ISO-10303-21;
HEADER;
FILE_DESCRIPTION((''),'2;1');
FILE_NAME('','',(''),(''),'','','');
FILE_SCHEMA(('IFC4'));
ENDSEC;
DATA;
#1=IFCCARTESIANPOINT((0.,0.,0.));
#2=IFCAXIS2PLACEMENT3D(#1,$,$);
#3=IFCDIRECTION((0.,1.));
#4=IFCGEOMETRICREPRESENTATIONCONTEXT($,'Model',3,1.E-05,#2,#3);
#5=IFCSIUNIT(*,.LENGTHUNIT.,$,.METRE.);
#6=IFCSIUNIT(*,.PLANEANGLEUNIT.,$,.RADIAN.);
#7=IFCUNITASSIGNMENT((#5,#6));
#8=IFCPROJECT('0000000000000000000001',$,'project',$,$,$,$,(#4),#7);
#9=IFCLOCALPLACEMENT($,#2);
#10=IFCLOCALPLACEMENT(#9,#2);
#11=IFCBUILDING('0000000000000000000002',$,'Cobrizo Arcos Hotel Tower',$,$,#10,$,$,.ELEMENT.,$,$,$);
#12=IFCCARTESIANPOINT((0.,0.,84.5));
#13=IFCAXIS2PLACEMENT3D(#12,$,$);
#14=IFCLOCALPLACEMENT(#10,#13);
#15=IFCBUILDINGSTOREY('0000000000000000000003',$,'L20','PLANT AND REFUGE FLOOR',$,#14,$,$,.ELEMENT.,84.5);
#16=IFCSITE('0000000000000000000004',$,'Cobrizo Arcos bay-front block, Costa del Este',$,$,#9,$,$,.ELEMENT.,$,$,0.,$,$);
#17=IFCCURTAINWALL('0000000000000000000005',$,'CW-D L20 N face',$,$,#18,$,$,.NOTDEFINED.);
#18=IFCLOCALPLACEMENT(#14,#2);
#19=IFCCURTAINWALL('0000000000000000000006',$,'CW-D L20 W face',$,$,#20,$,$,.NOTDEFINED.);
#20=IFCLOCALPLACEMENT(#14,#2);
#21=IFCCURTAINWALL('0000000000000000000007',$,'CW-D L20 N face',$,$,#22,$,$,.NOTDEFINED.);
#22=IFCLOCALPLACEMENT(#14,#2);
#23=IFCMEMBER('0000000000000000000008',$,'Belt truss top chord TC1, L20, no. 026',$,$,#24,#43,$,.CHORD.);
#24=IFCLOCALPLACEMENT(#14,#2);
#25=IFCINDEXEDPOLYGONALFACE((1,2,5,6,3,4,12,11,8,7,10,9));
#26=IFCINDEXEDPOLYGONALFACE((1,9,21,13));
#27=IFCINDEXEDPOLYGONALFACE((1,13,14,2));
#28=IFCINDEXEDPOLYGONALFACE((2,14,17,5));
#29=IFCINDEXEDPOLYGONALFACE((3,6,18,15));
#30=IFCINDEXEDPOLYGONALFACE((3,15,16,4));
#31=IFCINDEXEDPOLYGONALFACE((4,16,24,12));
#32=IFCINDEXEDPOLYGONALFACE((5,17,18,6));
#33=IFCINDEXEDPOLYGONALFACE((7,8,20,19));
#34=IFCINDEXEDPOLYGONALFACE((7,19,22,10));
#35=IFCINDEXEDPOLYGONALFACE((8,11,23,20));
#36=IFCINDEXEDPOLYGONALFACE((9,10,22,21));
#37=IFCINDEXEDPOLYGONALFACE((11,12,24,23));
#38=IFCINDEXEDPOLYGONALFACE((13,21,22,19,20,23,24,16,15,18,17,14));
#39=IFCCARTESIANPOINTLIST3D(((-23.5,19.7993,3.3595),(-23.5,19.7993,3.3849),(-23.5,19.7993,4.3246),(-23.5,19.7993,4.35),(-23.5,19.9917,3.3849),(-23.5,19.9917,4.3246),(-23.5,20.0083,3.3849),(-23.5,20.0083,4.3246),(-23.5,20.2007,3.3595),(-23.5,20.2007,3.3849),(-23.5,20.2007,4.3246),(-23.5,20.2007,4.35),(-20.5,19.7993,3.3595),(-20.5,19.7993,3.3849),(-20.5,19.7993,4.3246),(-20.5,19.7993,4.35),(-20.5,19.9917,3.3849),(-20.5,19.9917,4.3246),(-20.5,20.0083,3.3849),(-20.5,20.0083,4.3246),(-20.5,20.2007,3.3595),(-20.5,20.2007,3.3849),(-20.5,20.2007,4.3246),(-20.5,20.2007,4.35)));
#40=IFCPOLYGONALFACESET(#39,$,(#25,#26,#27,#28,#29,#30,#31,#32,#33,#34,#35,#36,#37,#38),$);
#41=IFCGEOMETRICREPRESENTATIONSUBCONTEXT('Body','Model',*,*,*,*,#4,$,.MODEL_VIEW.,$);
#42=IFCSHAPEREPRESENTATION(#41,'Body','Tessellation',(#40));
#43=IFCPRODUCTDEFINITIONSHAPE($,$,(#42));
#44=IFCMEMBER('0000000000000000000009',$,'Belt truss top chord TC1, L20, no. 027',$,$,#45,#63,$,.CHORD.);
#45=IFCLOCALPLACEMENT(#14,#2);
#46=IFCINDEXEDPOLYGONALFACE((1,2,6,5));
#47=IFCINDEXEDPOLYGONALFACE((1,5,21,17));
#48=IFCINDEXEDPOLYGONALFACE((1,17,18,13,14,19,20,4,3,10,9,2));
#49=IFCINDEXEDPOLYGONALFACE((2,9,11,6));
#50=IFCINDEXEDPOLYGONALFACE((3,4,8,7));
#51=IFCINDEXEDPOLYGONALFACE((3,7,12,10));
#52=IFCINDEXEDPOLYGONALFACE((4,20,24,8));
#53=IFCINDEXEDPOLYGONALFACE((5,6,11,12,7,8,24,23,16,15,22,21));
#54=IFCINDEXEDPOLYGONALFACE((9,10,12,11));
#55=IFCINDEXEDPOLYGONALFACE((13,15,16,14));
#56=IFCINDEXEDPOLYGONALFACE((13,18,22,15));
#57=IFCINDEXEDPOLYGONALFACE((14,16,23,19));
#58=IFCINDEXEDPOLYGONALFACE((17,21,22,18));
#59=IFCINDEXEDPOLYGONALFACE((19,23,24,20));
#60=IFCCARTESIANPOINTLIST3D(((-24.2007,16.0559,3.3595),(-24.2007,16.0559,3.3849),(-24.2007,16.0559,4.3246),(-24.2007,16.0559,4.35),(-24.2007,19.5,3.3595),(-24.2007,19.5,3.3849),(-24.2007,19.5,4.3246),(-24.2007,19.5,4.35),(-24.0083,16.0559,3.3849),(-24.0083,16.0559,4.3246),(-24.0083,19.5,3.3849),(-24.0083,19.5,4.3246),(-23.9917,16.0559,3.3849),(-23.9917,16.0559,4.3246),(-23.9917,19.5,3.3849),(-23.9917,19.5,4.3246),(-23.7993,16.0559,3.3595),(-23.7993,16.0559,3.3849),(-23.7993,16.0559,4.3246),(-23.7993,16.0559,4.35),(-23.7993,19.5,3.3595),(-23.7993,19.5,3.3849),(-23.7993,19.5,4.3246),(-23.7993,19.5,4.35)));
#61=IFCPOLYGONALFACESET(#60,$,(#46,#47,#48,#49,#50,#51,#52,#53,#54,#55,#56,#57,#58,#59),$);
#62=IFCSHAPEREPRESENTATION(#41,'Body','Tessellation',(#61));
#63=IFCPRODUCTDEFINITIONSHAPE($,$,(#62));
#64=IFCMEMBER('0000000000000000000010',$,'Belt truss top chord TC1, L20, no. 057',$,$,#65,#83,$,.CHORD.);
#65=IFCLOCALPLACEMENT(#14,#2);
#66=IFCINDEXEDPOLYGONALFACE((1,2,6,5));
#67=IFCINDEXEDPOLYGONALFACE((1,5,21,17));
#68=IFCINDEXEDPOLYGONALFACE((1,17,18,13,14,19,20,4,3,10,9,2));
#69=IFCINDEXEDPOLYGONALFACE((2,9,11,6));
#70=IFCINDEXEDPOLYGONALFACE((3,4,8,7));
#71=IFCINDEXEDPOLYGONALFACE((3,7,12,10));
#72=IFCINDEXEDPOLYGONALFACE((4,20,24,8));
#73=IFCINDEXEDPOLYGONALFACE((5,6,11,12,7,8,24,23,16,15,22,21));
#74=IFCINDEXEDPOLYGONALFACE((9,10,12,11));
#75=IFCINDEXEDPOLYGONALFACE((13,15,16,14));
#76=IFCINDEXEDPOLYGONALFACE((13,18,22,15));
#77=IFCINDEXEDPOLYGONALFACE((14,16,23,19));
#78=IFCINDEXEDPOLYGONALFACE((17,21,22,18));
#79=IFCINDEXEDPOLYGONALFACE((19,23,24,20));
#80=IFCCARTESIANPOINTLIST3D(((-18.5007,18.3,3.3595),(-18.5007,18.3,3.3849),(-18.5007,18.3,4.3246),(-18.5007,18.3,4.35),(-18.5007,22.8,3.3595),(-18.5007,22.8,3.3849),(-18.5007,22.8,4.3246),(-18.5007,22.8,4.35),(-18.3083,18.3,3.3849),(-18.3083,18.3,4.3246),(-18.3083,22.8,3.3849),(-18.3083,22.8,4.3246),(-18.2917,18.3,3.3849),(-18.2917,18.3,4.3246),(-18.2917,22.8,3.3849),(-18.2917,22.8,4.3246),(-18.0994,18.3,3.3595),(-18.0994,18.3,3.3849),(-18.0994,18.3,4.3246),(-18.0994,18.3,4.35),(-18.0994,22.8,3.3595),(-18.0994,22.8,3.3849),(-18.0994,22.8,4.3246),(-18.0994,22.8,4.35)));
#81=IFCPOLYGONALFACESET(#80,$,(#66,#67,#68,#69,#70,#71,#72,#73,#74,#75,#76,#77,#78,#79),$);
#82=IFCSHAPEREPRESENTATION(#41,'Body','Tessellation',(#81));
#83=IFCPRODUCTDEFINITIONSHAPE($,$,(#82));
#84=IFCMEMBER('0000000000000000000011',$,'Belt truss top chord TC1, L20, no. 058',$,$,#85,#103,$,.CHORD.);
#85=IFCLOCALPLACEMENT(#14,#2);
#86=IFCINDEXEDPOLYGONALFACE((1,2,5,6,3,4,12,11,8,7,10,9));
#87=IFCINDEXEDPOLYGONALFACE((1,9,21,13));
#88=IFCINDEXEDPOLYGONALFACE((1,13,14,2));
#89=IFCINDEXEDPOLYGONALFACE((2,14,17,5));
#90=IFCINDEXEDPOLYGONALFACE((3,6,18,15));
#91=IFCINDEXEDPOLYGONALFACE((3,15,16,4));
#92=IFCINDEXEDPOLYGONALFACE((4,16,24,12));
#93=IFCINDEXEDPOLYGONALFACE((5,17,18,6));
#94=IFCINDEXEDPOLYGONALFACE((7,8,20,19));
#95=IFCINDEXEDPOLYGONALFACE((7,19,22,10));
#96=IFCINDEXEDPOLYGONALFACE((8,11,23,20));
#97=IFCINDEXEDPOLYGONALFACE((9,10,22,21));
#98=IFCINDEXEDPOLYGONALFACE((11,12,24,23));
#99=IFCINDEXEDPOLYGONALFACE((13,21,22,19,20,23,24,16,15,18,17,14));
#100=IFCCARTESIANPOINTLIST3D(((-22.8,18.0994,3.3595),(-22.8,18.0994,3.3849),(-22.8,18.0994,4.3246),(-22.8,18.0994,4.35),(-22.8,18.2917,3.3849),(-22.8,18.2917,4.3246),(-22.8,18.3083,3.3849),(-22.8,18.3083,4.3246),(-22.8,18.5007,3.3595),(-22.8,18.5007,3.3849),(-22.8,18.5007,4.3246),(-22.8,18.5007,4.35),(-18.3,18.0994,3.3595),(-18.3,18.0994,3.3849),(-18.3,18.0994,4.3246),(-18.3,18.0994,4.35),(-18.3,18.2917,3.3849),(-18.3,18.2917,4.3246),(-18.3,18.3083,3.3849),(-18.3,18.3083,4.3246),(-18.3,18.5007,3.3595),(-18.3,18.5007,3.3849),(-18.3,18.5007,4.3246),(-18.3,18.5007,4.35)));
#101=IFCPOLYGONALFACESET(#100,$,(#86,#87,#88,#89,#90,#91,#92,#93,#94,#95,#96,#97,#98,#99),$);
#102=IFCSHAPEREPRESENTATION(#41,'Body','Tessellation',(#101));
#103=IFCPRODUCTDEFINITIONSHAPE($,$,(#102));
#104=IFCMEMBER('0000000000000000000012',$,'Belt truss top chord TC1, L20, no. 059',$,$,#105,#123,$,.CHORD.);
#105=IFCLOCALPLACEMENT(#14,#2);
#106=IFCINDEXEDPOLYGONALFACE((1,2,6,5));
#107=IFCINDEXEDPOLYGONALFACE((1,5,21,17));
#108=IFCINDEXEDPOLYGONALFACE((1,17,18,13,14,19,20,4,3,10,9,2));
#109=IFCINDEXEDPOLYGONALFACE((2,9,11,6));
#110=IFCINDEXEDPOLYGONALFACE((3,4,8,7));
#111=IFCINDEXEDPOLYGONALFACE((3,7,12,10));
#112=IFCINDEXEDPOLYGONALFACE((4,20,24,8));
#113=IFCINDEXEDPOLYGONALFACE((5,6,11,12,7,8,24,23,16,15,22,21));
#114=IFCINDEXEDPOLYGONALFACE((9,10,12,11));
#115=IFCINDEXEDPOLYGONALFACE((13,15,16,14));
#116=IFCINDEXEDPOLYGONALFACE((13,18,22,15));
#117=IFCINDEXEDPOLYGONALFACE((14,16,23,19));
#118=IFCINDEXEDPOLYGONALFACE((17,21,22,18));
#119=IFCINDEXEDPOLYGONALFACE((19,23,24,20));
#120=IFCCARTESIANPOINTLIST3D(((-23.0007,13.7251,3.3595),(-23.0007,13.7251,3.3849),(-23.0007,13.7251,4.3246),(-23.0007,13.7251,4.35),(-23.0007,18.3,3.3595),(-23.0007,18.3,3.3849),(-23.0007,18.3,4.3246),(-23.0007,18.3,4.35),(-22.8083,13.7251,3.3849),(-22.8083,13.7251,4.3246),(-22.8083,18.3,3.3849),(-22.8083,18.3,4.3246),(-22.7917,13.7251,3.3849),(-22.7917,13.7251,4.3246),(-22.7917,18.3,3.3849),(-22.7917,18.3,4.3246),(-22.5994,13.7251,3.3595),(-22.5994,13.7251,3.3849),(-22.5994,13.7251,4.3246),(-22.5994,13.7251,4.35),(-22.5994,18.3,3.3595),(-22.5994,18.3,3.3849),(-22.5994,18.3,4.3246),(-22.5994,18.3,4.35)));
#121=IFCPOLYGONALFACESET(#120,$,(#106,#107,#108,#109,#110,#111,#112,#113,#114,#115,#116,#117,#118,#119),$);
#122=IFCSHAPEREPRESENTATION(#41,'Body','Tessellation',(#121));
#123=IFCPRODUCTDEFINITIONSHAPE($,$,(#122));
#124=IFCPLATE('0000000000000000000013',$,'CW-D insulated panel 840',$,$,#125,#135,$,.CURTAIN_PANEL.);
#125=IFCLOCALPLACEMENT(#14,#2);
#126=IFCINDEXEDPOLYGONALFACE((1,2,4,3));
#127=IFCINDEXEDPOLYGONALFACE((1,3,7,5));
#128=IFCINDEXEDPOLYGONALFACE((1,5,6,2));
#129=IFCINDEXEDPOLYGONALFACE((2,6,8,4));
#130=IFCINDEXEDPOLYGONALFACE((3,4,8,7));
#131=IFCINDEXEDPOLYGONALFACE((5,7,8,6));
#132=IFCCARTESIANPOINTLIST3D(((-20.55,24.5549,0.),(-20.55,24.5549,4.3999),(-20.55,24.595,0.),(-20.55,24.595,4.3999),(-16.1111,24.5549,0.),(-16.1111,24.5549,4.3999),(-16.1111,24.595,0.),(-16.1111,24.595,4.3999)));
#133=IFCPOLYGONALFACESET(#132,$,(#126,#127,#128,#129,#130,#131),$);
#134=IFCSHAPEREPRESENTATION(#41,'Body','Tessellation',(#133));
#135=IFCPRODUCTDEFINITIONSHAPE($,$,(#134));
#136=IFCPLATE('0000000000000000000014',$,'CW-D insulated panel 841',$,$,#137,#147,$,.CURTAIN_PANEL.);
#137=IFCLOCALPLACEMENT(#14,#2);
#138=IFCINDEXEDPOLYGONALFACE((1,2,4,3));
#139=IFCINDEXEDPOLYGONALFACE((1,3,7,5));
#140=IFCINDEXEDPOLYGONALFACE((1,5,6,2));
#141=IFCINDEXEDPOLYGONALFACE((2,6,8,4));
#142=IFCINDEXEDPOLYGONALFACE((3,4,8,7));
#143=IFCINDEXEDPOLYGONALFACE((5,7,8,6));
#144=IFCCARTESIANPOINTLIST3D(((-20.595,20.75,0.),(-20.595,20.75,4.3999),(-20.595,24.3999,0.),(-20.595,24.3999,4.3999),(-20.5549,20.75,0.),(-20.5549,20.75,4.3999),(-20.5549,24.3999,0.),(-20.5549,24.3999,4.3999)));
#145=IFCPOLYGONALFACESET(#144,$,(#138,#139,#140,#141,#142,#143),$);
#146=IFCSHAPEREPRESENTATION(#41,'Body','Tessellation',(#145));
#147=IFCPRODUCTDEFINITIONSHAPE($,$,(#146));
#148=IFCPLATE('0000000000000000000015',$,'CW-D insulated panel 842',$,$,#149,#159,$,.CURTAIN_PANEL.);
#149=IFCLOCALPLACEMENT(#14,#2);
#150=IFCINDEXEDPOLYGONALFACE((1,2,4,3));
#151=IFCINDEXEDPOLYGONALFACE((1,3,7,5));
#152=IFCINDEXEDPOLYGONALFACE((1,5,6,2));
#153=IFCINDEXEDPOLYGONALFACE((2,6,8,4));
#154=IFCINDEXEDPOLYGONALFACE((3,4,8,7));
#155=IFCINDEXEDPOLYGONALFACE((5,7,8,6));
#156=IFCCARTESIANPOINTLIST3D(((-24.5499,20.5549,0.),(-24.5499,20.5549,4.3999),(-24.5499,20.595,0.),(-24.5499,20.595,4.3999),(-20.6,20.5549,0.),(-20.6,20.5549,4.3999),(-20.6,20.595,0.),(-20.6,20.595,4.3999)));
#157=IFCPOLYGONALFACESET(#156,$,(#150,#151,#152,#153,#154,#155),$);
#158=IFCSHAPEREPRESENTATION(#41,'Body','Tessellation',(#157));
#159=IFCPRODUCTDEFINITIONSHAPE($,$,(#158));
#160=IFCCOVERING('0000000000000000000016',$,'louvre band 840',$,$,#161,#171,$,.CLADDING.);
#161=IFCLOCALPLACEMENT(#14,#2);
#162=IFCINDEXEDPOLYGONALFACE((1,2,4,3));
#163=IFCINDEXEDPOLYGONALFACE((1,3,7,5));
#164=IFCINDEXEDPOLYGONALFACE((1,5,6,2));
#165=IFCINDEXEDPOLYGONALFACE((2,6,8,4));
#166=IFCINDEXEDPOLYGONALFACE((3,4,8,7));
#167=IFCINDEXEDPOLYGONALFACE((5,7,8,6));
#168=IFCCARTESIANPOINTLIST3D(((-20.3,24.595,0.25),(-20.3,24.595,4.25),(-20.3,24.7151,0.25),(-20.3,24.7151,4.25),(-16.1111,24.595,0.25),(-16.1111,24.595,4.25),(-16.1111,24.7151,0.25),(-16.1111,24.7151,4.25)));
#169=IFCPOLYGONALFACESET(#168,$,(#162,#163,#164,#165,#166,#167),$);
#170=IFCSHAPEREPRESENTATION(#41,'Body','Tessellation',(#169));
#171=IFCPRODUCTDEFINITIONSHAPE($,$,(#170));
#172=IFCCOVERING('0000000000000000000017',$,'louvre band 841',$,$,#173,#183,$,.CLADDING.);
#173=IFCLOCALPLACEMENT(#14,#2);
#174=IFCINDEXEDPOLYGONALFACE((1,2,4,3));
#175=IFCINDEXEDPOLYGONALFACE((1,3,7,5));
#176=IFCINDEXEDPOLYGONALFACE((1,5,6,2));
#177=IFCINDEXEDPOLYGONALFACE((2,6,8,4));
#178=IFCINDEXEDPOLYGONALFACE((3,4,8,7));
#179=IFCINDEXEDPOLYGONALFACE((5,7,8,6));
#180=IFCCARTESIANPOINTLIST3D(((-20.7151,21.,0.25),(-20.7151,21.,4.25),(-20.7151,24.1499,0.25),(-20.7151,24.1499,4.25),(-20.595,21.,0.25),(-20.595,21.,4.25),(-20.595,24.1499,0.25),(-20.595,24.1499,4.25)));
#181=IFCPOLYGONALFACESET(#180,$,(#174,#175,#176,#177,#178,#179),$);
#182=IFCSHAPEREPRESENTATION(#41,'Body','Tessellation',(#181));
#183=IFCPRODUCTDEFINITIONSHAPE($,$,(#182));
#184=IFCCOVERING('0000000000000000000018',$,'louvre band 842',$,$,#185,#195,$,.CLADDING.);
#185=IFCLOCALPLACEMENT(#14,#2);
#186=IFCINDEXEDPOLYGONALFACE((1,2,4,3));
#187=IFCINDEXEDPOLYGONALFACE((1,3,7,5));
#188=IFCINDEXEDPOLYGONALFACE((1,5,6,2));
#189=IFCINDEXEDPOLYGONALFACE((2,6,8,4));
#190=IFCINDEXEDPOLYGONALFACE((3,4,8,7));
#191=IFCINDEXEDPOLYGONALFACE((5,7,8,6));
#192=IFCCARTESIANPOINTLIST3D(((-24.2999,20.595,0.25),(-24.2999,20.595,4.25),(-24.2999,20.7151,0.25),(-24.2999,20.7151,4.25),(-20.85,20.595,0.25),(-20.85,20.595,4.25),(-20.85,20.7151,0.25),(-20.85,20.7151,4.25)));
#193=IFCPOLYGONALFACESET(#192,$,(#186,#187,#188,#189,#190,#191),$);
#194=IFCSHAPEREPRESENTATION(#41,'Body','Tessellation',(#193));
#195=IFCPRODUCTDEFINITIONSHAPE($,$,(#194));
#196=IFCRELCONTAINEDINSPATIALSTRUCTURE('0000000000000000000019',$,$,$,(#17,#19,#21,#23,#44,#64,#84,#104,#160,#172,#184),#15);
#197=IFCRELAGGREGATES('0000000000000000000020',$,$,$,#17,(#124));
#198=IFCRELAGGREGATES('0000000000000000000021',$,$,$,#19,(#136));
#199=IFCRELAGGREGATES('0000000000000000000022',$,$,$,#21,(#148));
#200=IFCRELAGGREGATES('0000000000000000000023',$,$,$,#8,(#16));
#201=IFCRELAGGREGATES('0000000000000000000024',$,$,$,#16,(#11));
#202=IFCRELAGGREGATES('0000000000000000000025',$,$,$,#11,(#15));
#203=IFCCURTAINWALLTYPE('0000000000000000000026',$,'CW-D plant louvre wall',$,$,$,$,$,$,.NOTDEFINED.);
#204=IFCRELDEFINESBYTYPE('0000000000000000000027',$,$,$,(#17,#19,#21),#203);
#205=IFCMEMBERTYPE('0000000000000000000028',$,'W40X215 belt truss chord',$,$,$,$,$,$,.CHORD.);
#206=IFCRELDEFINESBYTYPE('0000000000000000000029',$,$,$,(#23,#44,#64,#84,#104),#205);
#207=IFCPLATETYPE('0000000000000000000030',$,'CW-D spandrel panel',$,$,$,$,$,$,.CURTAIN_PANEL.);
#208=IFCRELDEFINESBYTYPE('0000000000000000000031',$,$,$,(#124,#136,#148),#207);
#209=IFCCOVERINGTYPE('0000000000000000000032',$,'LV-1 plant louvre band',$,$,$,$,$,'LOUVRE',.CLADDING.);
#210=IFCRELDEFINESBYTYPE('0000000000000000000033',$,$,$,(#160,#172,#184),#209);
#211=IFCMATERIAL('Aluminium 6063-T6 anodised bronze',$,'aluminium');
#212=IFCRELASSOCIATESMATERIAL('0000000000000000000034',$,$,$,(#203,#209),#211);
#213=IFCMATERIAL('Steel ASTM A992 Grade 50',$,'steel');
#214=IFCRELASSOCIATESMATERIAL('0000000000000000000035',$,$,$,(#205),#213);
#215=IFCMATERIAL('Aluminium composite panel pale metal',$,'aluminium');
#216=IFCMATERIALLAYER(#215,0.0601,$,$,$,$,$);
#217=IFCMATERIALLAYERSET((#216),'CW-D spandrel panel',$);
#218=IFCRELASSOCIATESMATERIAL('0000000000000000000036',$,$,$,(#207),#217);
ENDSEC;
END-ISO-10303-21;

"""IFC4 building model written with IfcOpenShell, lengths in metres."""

from ifc_helpers import new_model, si_unit, direction, frame, origin, origin_2d, place, context, subcontext, project, spatial, rectangle, i_section, extrude, material, layer, layer_set, material_profile, profile_set, type_object, element, aggregate, save


model = new_model("IFC4")

# Units and contexts
model_context = context("Model", 3, precision=1e-05, world=origin(), true_north=direction((0.0, 1.0)))
body_context = subcontext(model_context, "Body", "Model", "MODEL_VIEW")
ifc_project = project(units=[si_unit("LENGTHUNIT", "METRE"), si_unit("PLANEANGLEUNIT", "RADIAN")], contexts=[model_context])

# Site, building, storey
site_placement = place(None, origin())
site = spatial("IfcSite", under=ifc_project, at=site_placement, Name="Cobrizo Arcos bay-front block, Costa del Este", CompositionType="ELEMENT", RefElevation=0.0)
building_placement = place(site_placement, origin())
building = spatial("IfcBuilding", under=site, at=building_placement, Name="Cobrizo Arcos Hotel Tower", CompositionType="ELEMENT")
storey_placement = place(building_placement, frame((0.0, 0.0, 84.5)))
storey = spatial("IfcBuildingStorey", under=building, at=storey_placement, Name="L20", Description="PLANT AND REFUGE FLOOR", CompositionType="ELEMENT", Elevation=84.5)

# Curtain wall
ifc_material_1 = material(Name="Aluminium 6063-T6 anodised bronze", Category="aluminium")
curtain_wall_type = type_object("IfcCurtainWallType", Name="CW-D plant louvre wall", PredefinedType="NOTDEFINED", material=ifc_material_1)
curtain_wall_1_placement = place(storey_placement, origin())
curtain_wall_1 = element("IfcCurtainWall", 1, at=curtain_wall_1_placement, inside=storey, type_object=curtain_wall_type, Name="CW-D L20 N face", PredefinedType="NOTDEFINED")

# Curtain walls
curtain_wall_2_placement = place(storey_placement, origin())
curtain_wall_2 = element("IfcCurtainWall", 2, at=curtain_wall_2_placement, inside=storey, type_object=curtain_wall_type, Name="CW-D L20 W face", PredefinedType="NOTDEFINED")
curtain_wall_3_placement = place(storey_placement, origin())
curtain_wall_3 = element("IfcCurtainWall", 3, at=curtain_wall_3_placement, inside=storey, type_object=curtain_wall_type, Name="CW-D L20 N face", PredefinedType="NOTDEFINED")

# Members
ifc_material_2 = material(Name="Steel ASTM A992 Grade 50", Category="steel")
ifc_material_profile_1 = material_profile(ifc_material_2, i_section(OverallWidth=0.4014, OverallDepth=0.9905, WebThickness=0.0166, FlangeThickness=0.0254, at=origin_2d()), Name="W40X215")
ifc_profile_set_1 = profile_set([ifc_material_profile_1], Name="Steel ASTM A992 Grade 50")
member_type_1 = type_object("IfcMemberType", Name="W40X215 belt truss chord", PredefinedType="CHORD", material=ifc_profile_set_1)
for number, where, z_axis, x_axis, name in (
    (4, (-20.5, 20.0, 3.8547), (-1.0, 0.0, 0.0), (0.0, -1.0, 0.0), "Belt truss top chord TC1, L20, no. 026"),
):
    element("IfcMember", number, at=place(storey_placement, frame(where, z_axis=z_axis, x_axis=x_axis)), inside=storey, type_object=member_type_1, Name=name, PredefinedType="CHORD", context=body_context, shape_type="SweptSolid", body=[
        extrude(i_section(OverallWidth=0.4014, OverallDepth=0.9905, WebThickness=0.0166, FlangeThickness=0.0254, at=origin_2d()), origin(), (0.0, 0.0, 1.0), 3.0),
    ])
member_1_placement = place(storey_placement, frame((-24.0, 19.5, 3.8547), z_axis=(0.0, -1.0, 0.0), x_axis=(1.0, 0.0, 0.0)))
element("IfcMember", 5, at=member_1_placement, inside=storey, type_object=member_type_1, Name="Belt truss top chord TC1, L20, no. 027", PredefinedType="CHORD", context=body_context, shape_type="SweptSolid", body=[
    extrude(i_section(OverallWidth=0.4014, OverallDepth=0.9905, WebThickness=0.0166, FlangeThickness=0.0254, at=origin_2d()), origin(), (0.0, 0.0, 1.0), 3.4441),
])
for number, where, z_axis, x_axis, name in (
    (6, (-18.3, 22.8, 3.8547), (0.0, -1.0, 0.0), (1.0, 0.0, 0.0), "Belt truss top chord TC1, L20, no. 057"),
    (7, (-18.3, 18.3, 3.8547), (-1.0, 0.0, 0.0), (0.0, -1.0, 0.0), "Belt truss top chord TC1, L20, no. 058"),
):
    element("IfcMember", number, at=place(storey_placement, frame(where, z_axis=z_axis, x_axis=x_axis)), inside=storey, type_object=member_type_1, Name=name, PredefinedType="CHORD", context=body_context, shape_type="SweptSolid", body=[
        extrude(i_section(OverallWidth=0.4014, OverallDepth=0.9905, WebThickness=0.0166, FlangeThickness=0.0254, at=origin_2d()), origin(), (0.0, 0.0, 1.0), 4.5),
    ])
member_2_placement = place(storey_placement, frame((-22.8, 18.3, 3.8547), z_axis=(0.0, -1.0, 0.0), x_axis=(1.0, 0.0, 0.0)))
element("IfcMember", 8, at=member_2_placement, inside=storey, type_object=member_type_1, Name="Belt truss top chord TC1, L20, no. 059", PredefinedType="CHORD", context=body_context, shape_type="SweptSolid", body=[
    extrude(i_section(OverallWidth=0.4014, OverallDepth=0.9905, WebThickness=0.0166, FlangeThickness=0.0254, at=origin_2d()), origin(), (0.0, 0.0, 1.0), 4.575),
])

# Plates
ifc_material_3 = material(Name="Aluminium composite panel pale metal", Category="aluminium")
ifc_layer = layer(ifc_material_3, 0.0601)
ifc_layer_set = layer_set([ifc_layer], Name="CW-D spandrel panel")
plate_type = type_object("IfcPlateType", Name="CW-D spandrel panel", PredefinedType="CURTAIN_PANEL", material=ifc_layer_set)
plate_1_placement = place(storey_placement, frame((-18.3306, 24.575, 0.0), z_axis=(0.0, 0.0, 1.0), x_axis=(-1.0, 0.0, 0.0)))
plate_1 = element("IfcPlate", 9, at=plate_1_placement, type_object=plate_type, Name="CW-D insulated panel 840", PredefinedType="CURTAIN_PANEL", context=body_context, shape_type="SweptSolid", body=[
    extrude(rectangle(XDim=4.439, YDim=0.04, at=origin_2d()), origin(), (0.0, 0.0, 1.0), 4.3999),
])
aggregate(curtain_wall_1, [plate_1])
plate_2_placement = place(storey_placement, frame((-20.575, 22.575, 0.0), z_axis=(0.0, 0.0, 1.0), x_axis=(0.0, -1.0, 0.0)))
plate_2 = element("IfcPlate", 10, at=plate_2_placement, type_object=plate_type, Name="CW-D insulated panel 841", PredefinedType="CURTAIN_PANEL", context=body_context, shape_type="SweptSolid", body=[
    extrude(rectangle(XDim=3.6499, YDim=0.04, at=origin_2d()), origin(), (0.0, 0.0, 1.0), 4.3999),
])
aggregate(curtain_wall_2, [plate_2])
plate_3_placement = place(storey_placement, frame((-22.575, 20.575, 0.0), z_axis=(0.0, 0.0, 1.0), x_axis=(-1.0, 0.0, 0.0)))
plate_3 = element("IfcPlate", 11, at=plate_3_placement, type_object=plate_type, Name="CW-D insulated panel 842", PredefinedType="CURTAIN_PANEL", context=body_context, shape_type="SweptSolid", body=[
    extrude(rectangle(XDim=3.95, YDim=0.04, at=origin_2d()), origin(), (0.0, 0.0, 1.0), 4.3999),
])
aggregate(curtain_wall_3, [plate_3])

# Coverings
covering_type = type_object("IfcCoveringType", Name="LV-1 plant louvre band", ElementType="LOUVRE", PredefinedType="CLADDING", material=ifc_material_1)
covering_1_placement = place(storey_placement, frame((-18.2056, 24.655, 0.25), z_axis=(0.0, 0.0, 1.0), x_axis=(-1.0, 0.0, 0.0)))
element("IfcCovering", 12, at=covering_1_placement, inside=storey, type_object=covering_type, Name="louvre band 840", PredefinedType="CLADDING", context=body_context, shape_type="SweptSolid", body=[
    extrude(rectangle(XDim=4.189, YDim=0.1201, at=origin_2d()), origin(), (0.0, 0.0, 1.0), 4.0),
])
covering_2_placement = place(storey_placement, frame((-20.655, 22.575, 0.25), z_axis=(0.0, 0.0, 1.0), x_axis=(0.0, -1.0, 0.0)))
element("IfcCovering", 13, at=covering_2_placement, inside=storey, type_object=covering_type, Name="louvre band 841", PredefinedType="CLADDING", context=body_context, shape_type="SweptSolid", body=[
    extrude(rectangle(XDim=3.1499, YDim=0.1201, at=origin_2d()), origin(), (0.0, 0.0, 1.0), 4.0),
])
covering_3_placement = place(storey_placement, frame((-22.575, 20.655, 0.25), z_axis=(0.0, 0.0, 1.0), x_axis=(-1.0, 0.0, 0.0)))
element("IfcCovering", 14, at=covering_3_placement, inside=storey, type_object=covering_type, Name="louvre band 842", PredefinedType="CLADDING", context=body_context, shape_type="SweptSolid", body=[
    extrude(rectangle(XDim=3.45, YDim=0.1201, at=origin_2d()), origin(), (0.0, 0.0, 1.0), 4.0),
])

save(model, "model.ifc")
